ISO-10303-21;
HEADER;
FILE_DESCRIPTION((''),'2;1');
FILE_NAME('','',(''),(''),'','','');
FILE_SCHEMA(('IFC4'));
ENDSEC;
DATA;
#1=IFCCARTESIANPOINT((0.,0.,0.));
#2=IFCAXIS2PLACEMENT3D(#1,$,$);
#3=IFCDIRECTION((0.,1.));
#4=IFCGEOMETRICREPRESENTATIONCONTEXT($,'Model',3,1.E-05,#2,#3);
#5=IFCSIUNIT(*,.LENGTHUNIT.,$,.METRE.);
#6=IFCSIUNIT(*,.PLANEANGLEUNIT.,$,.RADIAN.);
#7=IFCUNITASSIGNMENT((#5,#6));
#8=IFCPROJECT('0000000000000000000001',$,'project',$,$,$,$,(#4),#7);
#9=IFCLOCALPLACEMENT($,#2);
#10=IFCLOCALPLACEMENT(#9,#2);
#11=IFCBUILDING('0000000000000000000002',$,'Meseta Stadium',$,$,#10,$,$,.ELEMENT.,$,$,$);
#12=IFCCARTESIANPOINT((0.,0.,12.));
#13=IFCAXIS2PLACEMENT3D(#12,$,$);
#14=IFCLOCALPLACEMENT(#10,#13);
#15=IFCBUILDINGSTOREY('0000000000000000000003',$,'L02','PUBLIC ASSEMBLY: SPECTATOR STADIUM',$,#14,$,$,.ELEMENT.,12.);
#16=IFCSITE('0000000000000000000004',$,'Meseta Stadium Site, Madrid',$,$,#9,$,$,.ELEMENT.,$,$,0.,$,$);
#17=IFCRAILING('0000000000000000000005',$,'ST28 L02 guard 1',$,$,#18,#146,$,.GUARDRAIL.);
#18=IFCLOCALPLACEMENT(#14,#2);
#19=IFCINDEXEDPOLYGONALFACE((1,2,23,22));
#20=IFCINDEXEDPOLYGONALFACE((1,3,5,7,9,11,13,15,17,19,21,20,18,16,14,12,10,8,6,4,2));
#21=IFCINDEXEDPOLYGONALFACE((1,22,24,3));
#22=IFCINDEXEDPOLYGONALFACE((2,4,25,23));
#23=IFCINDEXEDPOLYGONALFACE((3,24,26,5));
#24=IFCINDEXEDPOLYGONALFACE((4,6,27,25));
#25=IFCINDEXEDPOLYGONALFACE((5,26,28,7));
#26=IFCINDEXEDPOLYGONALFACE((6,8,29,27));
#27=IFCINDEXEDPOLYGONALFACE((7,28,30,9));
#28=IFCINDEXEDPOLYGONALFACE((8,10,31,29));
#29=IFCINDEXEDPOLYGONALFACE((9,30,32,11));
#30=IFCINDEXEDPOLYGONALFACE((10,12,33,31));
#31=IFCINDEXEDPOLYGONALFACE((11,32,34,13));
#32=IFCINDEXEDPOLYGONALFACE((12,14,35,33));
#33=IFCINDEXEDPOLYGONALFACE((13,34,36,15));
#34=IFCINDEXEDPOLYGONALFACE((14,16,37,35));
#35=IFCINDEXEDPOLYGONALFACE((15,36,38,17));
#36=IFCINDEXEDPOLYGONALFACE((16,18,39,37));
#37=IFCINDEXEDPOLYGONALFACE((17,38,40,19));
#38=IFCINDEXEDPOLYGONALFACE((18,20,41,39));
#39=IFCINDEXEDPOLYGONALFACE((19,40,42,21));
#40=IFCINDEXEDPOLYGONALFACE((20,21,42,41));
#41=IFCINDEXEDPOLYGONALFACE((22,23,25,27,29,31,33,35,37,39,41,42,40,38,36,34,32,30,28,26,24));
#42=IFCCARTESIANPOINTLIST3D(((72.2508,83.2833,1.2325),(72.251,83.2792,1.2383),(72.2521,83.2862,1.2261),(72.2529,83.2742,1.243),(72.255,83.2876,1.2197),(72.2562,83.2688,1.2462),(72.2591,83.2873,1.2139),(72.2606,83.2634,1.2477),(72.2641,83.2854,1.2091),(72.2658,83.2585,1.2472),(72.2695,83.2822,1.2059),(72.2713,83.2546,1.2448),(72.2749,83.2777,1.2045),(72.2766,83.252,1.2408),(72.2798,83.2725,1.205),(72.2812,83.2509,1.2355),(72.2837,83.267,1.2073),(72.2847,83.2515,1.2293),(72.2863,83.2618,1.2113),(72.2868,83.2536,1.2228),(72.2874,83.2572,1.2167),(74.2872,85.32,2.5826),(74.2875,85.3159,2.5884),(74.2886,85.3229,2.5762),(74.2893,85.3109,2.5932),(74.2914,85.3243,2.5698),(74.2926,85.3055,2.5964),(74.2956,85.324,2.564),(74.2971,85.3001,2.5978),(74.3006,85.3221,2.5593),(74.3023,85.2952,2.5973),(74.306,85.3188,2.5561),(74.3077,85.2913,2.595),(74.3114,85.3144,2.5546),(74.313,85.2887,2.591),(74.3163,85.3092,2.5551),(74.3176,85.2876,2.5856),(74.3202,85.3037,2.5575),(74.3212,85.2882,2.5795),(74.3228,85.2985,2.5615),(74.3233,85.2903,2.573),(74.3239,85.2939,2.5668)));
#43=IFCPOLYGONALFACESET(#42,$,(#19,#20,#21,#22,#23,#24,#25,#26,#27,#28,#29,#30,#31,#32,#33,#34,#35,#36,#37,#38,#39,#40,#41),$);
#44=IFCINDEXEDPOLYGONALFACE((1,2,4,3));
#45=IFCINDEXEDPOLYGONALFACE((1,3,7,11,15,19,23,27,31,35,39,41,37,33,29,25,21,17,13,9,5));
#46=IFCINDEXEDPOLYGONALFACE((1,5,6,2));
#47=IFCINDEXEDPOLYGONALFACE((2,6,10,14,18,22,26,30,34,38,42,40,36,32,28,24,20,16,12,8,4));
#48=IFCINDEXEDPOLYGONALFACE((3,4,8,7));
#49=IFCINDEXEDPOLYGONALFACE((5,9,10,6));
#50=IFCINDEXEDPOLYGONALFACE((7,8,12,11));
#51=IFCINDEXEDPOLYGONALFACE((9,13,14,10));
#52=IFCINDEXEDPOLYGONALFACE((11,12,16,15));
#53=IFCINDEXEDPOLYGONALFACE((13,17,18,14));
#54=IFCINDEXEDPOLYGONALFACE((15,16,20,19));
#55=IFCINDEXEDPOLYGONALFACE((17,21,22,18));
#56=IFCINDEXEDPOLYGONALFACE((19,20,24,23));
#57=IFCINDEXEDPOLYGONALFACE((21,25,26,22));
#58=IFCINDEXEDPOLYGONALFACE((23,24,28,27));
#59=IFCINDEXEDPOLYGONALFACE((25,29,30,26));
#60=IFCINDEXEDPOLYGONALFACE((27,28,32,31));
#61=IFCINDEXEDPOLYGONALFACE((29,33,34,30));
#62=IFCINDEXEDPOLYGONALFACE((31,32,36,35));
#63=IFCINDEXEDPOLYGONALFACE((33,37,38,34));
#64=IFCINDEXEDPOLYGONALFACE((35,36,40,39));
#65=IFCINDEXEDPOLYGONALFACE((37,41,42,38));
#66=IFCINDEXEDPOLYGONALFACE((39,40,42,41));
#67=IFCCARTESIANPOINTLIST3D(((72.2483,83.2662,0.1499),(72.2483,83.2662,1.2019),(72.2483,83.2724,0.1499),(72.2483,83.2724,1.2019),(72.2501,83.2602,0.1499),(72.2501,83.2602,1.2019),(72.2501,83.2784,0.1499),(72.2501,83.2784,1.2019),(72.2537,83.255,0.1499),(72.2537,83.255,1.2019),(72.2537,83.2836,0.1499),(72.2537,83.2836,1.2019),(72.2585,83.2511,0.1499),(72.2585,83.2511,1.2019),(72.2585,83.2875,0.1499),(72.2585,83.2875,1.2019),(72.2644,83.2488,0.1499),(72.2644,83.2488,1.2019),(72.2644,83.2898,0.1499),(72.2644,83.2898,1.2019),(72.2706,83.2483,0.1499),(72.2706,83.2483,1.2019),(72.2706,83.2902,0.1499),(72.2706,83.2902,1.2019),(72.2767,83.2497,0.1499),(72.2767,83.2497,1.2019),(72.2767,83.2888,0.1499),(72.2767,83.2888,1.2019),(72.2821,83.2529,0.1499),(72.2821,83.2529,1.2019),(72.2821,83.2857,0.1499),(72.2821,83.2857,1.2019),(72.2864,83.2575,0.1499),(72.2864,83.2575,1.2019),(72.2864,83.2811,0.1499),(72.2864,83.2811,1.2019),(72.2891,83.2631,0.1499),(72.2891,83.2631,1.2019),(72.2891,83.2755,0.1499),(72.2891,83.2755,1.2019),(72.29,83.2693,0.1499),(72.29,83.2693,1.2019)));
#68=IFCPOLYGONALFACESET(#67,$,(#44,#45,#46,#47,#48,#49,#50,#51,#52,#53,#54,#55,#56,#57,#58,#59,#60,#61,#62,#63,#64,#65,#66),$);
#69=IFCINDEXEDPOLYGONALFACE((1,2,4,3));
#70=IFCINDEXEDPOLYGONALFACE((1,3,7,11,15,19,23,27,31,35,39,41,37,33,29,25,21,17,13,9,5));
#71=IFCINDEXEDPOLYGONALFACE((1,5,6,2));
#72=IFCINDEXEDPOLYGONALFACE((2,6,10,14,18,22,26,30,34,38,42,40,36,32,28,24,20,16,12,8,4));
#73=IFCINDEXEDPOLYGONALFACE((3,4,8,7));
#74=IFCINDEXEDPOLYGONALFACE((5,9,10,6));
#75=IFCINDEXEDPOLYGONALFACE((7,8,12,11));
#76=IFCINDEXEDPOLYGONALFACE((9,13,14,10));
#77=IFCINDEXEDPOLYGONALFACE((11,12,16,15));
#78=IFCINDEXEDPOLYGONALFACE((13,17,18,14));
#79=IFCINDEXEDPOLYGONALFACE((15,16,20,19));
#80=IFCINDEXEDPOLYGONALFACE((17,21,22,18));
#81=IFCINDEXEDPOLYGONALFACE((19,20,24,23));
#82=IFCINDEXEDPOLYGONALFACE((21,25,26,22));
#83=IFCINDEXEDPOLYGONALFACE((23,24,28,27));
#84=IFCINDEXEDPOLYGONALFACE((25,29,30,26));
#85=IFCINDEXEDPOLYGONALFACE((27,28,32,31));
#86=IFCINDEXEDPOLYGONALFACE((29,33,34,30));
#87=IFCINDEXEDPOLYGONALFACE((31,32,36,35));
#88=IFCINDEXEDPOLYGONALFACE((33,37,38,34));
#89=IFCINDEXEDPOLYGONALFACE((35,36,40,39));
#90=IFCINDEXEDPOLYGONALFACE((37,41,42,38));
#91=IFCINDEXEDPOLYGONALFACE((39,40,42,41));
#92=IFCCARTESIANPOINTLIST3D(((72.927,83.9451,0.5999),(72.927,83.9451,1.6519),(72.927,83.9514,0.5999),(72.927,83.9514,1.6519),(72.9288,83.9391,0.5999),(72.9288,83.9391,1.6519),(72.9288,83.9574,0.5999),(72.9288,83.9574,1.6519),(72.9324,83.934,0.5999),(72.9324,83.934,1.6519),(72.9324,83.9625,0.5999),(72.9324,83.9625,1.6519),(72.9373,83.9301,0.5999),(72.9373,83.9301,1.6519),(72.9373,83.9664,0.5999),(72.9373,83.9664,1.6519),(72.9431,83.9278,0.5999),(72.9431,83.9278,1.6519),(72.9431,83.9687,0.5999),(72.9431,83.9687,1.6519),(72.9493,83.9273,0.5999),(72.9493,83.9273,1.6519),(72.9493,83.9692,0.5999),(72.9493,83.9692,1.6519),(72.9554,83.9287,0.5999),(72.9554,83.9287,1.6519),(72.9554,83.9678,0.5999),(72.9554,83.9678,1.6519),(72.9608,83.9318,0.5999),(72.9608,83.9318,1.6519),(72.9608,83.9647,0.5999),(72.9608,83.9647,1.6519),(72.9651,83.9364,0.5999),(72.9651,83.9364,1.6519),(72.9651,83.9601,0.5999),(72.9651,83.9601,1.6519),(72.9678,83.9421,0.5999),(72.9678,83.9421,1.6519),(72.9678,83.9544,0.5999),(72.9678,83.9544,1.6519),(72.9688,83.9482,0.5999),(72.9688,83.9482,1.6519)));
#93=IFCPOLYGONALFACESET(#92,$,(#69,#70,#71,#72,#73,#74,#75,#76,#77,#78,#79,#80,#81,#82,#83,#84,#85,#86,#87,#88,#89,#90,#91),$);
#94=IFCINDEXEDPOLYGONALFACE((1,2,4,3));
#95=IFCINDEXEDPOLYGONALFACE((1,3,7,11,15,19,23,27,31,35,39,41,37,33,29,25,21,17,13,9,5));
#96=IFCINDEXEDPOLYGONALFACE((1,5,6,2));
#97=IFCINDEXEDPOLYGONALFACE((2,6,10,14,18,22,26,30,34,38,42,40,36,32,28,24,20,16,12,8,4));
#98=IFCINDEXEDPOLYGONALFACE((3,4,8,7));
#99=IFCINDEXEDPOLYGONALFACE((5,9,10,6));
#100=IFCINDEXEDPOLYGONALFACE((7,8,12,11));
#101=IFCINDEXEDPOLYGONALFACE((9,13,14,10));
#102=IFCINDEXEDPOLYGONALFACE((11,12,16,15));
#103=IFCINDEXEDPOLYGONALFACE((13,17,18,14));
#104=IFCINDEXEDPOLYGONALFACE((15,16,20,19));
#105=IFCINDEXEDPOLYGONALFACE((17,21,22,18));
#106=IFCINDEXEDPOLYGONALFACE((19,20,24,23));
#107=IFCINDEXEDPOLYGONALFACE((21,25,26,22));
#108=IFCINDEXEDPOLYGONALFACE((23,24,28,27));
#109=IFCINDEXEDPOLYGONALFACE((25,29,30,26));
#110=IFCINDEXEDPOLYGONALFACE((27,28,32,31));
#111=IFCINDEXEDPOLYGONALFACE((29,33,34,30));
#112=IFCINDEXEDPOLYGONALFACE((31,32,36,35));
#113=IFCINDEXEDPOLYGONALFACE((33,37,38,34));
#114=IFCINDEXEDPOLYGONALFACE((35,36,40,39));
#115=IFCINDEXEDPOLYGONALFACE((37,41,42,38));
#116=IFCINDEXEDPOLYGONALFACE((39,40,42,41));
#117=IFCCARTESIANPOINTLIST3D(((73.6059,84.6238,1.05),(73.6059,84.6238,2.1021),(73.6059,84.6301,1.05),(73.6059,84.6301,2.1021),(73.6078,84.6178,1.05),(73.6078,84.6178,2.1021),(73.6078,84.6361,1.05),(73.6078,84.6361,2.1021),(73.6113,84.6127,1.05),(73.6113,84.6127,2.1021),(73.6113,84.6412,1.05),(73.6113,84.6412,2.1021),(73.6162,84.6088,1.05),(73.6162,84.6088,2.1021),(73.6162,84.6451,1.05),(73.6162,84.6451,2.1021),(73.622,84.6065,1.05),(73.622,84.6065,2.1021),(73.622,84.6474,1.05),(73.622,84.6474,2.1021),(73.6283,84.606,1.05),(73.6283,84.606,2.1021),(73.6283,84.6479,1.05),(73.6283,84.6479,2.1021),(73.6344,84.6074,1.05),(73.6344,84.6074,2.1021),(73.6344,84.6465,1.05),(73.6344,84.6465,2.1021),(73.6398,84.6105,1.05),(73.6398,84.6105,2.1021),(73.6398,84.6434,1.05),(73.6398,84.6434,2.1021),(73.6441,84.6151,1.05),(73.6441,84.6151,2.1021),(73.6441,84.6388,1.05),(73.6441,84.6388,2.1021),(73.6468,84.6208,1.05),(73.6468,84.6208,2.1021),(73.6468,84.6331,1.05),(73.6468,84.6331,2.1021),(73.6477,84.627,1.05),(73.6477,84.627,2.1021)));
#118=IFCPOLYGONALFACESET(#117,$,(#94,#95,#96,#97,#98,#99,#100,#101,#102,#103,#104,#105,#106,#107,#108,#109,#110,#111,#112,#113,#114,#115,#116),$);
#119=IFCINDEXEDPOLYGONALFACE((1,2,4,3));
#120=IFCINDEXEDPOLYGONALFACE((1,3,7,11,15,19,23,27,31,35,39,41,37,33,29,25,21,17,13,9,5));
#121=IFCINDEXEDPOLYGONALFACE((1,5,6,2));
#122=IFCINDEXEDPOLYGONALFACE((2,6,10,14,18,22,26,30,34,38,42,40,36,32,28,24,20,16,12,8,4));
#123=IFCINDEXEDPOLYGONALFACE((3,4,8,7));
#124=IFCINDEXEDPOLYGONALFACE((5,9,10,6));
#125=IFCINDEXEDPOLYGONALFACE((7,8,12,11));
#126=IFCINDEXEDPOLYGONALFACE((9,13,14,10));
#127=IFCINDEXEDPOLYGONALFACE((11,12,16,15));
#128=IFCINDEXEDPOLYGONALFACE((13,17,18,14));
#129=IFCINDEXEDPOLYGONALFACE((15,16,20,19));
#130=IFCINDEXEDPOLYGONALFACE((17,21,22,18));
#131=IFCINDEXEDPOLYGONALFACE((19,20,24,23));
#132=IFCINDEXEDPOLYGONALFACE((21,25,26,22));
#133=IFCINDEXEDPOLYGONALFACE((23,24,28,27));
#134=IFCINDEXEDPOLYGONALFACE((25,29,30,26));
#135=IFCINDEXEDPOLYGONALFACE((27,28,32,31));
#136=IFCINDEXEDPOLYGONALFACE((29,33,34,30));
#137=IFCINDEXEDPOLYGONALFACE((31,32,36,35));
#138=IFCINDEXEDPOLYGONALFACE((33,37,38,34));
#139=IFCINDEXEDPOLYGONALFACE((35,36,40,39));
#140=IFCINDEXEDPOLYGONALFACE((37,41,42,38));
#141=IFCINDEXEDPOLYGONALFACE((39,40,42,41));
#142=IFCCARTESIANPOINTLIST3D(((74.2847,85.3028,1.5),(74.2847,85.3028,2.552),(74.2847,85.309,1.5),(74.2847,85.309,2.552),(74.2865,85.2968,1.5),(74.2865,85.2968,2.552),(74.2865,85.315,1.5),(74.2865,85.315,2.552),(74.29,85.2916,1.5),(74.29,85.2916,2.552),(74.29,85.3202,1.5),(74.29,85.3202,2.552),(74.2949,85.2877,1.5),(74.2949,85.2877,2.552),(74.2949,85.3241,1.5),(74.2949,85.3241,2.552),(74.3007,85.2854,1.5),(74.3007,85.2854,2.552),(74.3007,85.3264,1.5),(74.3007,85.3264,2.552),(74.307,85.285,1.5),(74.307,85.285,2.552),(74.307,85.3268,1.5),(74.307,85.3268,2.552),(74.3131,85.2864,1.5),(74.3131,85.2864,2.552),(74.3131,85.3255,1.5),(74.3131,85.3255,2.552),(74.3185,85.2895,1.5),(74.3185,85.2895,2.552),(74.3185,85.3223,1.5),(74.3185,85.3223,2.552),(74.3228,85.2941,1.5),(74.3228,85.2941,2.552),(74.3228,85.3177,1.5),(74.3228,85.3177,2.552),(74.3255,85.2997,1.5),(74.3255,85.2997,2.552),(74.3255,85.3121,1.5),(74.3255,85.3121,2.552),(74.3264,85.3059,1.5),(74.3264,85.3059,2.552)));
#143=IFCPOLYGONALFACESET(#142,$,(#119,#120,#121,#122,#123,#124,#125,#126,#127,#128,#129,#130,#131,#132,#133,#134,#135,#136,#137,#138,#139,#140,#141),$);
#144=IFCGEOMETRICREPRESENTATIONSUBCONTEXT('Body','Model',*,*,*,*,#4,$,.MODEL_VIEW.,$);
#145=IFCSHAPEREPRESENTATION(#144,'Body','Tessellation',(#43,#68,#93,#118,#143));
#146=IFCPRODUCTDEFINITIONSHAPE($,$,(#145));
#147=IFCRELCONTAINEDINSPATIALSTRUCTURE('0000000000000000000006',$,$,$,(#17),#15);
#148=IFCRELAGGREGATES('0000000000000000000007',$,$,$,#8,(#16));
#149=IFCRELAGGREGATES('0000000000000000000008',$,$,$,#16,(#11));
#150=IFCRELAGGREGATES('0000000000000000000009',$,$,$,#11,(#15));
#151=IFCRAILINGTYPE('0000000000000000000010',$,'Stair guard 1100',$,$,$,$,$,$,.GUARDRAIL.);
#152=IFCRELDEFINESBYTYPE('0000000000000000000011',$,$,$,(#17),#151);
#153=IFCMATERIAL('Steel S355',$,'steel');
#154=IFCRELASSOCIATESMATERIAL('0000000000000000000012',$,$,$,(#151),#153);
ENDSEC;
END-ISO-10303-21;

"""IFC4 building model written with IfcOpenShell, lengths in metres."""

from ifc_helpers import new_model, si_unit, direction, frame, origin, origin_2d, place, context, subcontext, project, spatial, circle, extrude, material, type_object, element, save


model = new_model("IFC4")

# Units and contexts
model_context = context("Model", 3, precision=1e-05, world=origin(), true_north=direction((0.0, 1.0)))
body_context = subcontext(model_context, "Body", "Model", "MODEL_VIEW")
ifc_project = project(units=[si_unit("LENGTHUNIT", "METRE"), si_unit("PLANEANGLEUNIT", "RADIAN")], contexts=[model_context])

# Site, building, storey
site_placement = place(None, origin())
site = spatial("IfcSite", under=ifc_project, at=site_placement, Name="Meseta Stadium Site, Madrid", CompositionType="ELEMENT", RefElevation=0.0)
building_placement = place(site_placement, origin())
building = spatial("IfcBuilding", under=site, at=building_placement, Name="Meseta Stadium", CompositionType="ELEMENT")
storey_placement = place(building_placement, frame((0.0, 0.0, 12.0)))
storey = spatial("IfcBuildingStorey", under=building, at=storey_placement, Name="L02", Description="PUBLIC ASSEMBLY: SPECTATOR STADIUM", CompositionType="ELEMENT", Elevation=12.0)

# Railing
ifc_material_1 = material(Name="Steel S355", Category="steel")
railing_type_1 = type_object("IfcRailingType", Name="Stair guard 1100", PredefinedType="GUARDRAIL", material=ifc_material_1)
railing_1_placement = place(storey_placement, frame((72.269, 83.2693, 0.1499)))
element("IfcRailing", 1, at=railing_1_placement, inside=storey, type_object=railing_type_1, Name="ST28 L02 guard 1", PredefinedType="GUARDRAIL", context=body_context, shape_type="SweptSolid", body=[
    extrude(circle(Radius=0.0239, at=origin_2d()), frame((0.0, 0.0, 1.0762), z_axis=(0.640211, 0.640288, 0.424454), x_axis=(-0.707149, 0.707064, 0.0)), (0.0, 0.0, 1.0), 3.1809),
    extrude(circle(Radius=0.021, at=origin_2d()), origin(), (0.0, 0.0, 1.0), 1.052),
    extrude(circle(Radius=0.021, at=origin_2d()), frame((0.6787, 0.679, 0.45)), (0.0, 0.0, 1.0), 1.052),
    extrude(circle(Radius=0.021, at=origin_2d()), frame((1.3577, 1.3577, 0.9001)), (0.0, 0.0, 1.0), 1.052),
    extrude(circle(Radius=0.021, at=origin_2d()), frame((2.0364, 2.0366, 1.3501)), (0.0, 0.0, 1.0), 1.052),
])

save(model, "model.ifc")
